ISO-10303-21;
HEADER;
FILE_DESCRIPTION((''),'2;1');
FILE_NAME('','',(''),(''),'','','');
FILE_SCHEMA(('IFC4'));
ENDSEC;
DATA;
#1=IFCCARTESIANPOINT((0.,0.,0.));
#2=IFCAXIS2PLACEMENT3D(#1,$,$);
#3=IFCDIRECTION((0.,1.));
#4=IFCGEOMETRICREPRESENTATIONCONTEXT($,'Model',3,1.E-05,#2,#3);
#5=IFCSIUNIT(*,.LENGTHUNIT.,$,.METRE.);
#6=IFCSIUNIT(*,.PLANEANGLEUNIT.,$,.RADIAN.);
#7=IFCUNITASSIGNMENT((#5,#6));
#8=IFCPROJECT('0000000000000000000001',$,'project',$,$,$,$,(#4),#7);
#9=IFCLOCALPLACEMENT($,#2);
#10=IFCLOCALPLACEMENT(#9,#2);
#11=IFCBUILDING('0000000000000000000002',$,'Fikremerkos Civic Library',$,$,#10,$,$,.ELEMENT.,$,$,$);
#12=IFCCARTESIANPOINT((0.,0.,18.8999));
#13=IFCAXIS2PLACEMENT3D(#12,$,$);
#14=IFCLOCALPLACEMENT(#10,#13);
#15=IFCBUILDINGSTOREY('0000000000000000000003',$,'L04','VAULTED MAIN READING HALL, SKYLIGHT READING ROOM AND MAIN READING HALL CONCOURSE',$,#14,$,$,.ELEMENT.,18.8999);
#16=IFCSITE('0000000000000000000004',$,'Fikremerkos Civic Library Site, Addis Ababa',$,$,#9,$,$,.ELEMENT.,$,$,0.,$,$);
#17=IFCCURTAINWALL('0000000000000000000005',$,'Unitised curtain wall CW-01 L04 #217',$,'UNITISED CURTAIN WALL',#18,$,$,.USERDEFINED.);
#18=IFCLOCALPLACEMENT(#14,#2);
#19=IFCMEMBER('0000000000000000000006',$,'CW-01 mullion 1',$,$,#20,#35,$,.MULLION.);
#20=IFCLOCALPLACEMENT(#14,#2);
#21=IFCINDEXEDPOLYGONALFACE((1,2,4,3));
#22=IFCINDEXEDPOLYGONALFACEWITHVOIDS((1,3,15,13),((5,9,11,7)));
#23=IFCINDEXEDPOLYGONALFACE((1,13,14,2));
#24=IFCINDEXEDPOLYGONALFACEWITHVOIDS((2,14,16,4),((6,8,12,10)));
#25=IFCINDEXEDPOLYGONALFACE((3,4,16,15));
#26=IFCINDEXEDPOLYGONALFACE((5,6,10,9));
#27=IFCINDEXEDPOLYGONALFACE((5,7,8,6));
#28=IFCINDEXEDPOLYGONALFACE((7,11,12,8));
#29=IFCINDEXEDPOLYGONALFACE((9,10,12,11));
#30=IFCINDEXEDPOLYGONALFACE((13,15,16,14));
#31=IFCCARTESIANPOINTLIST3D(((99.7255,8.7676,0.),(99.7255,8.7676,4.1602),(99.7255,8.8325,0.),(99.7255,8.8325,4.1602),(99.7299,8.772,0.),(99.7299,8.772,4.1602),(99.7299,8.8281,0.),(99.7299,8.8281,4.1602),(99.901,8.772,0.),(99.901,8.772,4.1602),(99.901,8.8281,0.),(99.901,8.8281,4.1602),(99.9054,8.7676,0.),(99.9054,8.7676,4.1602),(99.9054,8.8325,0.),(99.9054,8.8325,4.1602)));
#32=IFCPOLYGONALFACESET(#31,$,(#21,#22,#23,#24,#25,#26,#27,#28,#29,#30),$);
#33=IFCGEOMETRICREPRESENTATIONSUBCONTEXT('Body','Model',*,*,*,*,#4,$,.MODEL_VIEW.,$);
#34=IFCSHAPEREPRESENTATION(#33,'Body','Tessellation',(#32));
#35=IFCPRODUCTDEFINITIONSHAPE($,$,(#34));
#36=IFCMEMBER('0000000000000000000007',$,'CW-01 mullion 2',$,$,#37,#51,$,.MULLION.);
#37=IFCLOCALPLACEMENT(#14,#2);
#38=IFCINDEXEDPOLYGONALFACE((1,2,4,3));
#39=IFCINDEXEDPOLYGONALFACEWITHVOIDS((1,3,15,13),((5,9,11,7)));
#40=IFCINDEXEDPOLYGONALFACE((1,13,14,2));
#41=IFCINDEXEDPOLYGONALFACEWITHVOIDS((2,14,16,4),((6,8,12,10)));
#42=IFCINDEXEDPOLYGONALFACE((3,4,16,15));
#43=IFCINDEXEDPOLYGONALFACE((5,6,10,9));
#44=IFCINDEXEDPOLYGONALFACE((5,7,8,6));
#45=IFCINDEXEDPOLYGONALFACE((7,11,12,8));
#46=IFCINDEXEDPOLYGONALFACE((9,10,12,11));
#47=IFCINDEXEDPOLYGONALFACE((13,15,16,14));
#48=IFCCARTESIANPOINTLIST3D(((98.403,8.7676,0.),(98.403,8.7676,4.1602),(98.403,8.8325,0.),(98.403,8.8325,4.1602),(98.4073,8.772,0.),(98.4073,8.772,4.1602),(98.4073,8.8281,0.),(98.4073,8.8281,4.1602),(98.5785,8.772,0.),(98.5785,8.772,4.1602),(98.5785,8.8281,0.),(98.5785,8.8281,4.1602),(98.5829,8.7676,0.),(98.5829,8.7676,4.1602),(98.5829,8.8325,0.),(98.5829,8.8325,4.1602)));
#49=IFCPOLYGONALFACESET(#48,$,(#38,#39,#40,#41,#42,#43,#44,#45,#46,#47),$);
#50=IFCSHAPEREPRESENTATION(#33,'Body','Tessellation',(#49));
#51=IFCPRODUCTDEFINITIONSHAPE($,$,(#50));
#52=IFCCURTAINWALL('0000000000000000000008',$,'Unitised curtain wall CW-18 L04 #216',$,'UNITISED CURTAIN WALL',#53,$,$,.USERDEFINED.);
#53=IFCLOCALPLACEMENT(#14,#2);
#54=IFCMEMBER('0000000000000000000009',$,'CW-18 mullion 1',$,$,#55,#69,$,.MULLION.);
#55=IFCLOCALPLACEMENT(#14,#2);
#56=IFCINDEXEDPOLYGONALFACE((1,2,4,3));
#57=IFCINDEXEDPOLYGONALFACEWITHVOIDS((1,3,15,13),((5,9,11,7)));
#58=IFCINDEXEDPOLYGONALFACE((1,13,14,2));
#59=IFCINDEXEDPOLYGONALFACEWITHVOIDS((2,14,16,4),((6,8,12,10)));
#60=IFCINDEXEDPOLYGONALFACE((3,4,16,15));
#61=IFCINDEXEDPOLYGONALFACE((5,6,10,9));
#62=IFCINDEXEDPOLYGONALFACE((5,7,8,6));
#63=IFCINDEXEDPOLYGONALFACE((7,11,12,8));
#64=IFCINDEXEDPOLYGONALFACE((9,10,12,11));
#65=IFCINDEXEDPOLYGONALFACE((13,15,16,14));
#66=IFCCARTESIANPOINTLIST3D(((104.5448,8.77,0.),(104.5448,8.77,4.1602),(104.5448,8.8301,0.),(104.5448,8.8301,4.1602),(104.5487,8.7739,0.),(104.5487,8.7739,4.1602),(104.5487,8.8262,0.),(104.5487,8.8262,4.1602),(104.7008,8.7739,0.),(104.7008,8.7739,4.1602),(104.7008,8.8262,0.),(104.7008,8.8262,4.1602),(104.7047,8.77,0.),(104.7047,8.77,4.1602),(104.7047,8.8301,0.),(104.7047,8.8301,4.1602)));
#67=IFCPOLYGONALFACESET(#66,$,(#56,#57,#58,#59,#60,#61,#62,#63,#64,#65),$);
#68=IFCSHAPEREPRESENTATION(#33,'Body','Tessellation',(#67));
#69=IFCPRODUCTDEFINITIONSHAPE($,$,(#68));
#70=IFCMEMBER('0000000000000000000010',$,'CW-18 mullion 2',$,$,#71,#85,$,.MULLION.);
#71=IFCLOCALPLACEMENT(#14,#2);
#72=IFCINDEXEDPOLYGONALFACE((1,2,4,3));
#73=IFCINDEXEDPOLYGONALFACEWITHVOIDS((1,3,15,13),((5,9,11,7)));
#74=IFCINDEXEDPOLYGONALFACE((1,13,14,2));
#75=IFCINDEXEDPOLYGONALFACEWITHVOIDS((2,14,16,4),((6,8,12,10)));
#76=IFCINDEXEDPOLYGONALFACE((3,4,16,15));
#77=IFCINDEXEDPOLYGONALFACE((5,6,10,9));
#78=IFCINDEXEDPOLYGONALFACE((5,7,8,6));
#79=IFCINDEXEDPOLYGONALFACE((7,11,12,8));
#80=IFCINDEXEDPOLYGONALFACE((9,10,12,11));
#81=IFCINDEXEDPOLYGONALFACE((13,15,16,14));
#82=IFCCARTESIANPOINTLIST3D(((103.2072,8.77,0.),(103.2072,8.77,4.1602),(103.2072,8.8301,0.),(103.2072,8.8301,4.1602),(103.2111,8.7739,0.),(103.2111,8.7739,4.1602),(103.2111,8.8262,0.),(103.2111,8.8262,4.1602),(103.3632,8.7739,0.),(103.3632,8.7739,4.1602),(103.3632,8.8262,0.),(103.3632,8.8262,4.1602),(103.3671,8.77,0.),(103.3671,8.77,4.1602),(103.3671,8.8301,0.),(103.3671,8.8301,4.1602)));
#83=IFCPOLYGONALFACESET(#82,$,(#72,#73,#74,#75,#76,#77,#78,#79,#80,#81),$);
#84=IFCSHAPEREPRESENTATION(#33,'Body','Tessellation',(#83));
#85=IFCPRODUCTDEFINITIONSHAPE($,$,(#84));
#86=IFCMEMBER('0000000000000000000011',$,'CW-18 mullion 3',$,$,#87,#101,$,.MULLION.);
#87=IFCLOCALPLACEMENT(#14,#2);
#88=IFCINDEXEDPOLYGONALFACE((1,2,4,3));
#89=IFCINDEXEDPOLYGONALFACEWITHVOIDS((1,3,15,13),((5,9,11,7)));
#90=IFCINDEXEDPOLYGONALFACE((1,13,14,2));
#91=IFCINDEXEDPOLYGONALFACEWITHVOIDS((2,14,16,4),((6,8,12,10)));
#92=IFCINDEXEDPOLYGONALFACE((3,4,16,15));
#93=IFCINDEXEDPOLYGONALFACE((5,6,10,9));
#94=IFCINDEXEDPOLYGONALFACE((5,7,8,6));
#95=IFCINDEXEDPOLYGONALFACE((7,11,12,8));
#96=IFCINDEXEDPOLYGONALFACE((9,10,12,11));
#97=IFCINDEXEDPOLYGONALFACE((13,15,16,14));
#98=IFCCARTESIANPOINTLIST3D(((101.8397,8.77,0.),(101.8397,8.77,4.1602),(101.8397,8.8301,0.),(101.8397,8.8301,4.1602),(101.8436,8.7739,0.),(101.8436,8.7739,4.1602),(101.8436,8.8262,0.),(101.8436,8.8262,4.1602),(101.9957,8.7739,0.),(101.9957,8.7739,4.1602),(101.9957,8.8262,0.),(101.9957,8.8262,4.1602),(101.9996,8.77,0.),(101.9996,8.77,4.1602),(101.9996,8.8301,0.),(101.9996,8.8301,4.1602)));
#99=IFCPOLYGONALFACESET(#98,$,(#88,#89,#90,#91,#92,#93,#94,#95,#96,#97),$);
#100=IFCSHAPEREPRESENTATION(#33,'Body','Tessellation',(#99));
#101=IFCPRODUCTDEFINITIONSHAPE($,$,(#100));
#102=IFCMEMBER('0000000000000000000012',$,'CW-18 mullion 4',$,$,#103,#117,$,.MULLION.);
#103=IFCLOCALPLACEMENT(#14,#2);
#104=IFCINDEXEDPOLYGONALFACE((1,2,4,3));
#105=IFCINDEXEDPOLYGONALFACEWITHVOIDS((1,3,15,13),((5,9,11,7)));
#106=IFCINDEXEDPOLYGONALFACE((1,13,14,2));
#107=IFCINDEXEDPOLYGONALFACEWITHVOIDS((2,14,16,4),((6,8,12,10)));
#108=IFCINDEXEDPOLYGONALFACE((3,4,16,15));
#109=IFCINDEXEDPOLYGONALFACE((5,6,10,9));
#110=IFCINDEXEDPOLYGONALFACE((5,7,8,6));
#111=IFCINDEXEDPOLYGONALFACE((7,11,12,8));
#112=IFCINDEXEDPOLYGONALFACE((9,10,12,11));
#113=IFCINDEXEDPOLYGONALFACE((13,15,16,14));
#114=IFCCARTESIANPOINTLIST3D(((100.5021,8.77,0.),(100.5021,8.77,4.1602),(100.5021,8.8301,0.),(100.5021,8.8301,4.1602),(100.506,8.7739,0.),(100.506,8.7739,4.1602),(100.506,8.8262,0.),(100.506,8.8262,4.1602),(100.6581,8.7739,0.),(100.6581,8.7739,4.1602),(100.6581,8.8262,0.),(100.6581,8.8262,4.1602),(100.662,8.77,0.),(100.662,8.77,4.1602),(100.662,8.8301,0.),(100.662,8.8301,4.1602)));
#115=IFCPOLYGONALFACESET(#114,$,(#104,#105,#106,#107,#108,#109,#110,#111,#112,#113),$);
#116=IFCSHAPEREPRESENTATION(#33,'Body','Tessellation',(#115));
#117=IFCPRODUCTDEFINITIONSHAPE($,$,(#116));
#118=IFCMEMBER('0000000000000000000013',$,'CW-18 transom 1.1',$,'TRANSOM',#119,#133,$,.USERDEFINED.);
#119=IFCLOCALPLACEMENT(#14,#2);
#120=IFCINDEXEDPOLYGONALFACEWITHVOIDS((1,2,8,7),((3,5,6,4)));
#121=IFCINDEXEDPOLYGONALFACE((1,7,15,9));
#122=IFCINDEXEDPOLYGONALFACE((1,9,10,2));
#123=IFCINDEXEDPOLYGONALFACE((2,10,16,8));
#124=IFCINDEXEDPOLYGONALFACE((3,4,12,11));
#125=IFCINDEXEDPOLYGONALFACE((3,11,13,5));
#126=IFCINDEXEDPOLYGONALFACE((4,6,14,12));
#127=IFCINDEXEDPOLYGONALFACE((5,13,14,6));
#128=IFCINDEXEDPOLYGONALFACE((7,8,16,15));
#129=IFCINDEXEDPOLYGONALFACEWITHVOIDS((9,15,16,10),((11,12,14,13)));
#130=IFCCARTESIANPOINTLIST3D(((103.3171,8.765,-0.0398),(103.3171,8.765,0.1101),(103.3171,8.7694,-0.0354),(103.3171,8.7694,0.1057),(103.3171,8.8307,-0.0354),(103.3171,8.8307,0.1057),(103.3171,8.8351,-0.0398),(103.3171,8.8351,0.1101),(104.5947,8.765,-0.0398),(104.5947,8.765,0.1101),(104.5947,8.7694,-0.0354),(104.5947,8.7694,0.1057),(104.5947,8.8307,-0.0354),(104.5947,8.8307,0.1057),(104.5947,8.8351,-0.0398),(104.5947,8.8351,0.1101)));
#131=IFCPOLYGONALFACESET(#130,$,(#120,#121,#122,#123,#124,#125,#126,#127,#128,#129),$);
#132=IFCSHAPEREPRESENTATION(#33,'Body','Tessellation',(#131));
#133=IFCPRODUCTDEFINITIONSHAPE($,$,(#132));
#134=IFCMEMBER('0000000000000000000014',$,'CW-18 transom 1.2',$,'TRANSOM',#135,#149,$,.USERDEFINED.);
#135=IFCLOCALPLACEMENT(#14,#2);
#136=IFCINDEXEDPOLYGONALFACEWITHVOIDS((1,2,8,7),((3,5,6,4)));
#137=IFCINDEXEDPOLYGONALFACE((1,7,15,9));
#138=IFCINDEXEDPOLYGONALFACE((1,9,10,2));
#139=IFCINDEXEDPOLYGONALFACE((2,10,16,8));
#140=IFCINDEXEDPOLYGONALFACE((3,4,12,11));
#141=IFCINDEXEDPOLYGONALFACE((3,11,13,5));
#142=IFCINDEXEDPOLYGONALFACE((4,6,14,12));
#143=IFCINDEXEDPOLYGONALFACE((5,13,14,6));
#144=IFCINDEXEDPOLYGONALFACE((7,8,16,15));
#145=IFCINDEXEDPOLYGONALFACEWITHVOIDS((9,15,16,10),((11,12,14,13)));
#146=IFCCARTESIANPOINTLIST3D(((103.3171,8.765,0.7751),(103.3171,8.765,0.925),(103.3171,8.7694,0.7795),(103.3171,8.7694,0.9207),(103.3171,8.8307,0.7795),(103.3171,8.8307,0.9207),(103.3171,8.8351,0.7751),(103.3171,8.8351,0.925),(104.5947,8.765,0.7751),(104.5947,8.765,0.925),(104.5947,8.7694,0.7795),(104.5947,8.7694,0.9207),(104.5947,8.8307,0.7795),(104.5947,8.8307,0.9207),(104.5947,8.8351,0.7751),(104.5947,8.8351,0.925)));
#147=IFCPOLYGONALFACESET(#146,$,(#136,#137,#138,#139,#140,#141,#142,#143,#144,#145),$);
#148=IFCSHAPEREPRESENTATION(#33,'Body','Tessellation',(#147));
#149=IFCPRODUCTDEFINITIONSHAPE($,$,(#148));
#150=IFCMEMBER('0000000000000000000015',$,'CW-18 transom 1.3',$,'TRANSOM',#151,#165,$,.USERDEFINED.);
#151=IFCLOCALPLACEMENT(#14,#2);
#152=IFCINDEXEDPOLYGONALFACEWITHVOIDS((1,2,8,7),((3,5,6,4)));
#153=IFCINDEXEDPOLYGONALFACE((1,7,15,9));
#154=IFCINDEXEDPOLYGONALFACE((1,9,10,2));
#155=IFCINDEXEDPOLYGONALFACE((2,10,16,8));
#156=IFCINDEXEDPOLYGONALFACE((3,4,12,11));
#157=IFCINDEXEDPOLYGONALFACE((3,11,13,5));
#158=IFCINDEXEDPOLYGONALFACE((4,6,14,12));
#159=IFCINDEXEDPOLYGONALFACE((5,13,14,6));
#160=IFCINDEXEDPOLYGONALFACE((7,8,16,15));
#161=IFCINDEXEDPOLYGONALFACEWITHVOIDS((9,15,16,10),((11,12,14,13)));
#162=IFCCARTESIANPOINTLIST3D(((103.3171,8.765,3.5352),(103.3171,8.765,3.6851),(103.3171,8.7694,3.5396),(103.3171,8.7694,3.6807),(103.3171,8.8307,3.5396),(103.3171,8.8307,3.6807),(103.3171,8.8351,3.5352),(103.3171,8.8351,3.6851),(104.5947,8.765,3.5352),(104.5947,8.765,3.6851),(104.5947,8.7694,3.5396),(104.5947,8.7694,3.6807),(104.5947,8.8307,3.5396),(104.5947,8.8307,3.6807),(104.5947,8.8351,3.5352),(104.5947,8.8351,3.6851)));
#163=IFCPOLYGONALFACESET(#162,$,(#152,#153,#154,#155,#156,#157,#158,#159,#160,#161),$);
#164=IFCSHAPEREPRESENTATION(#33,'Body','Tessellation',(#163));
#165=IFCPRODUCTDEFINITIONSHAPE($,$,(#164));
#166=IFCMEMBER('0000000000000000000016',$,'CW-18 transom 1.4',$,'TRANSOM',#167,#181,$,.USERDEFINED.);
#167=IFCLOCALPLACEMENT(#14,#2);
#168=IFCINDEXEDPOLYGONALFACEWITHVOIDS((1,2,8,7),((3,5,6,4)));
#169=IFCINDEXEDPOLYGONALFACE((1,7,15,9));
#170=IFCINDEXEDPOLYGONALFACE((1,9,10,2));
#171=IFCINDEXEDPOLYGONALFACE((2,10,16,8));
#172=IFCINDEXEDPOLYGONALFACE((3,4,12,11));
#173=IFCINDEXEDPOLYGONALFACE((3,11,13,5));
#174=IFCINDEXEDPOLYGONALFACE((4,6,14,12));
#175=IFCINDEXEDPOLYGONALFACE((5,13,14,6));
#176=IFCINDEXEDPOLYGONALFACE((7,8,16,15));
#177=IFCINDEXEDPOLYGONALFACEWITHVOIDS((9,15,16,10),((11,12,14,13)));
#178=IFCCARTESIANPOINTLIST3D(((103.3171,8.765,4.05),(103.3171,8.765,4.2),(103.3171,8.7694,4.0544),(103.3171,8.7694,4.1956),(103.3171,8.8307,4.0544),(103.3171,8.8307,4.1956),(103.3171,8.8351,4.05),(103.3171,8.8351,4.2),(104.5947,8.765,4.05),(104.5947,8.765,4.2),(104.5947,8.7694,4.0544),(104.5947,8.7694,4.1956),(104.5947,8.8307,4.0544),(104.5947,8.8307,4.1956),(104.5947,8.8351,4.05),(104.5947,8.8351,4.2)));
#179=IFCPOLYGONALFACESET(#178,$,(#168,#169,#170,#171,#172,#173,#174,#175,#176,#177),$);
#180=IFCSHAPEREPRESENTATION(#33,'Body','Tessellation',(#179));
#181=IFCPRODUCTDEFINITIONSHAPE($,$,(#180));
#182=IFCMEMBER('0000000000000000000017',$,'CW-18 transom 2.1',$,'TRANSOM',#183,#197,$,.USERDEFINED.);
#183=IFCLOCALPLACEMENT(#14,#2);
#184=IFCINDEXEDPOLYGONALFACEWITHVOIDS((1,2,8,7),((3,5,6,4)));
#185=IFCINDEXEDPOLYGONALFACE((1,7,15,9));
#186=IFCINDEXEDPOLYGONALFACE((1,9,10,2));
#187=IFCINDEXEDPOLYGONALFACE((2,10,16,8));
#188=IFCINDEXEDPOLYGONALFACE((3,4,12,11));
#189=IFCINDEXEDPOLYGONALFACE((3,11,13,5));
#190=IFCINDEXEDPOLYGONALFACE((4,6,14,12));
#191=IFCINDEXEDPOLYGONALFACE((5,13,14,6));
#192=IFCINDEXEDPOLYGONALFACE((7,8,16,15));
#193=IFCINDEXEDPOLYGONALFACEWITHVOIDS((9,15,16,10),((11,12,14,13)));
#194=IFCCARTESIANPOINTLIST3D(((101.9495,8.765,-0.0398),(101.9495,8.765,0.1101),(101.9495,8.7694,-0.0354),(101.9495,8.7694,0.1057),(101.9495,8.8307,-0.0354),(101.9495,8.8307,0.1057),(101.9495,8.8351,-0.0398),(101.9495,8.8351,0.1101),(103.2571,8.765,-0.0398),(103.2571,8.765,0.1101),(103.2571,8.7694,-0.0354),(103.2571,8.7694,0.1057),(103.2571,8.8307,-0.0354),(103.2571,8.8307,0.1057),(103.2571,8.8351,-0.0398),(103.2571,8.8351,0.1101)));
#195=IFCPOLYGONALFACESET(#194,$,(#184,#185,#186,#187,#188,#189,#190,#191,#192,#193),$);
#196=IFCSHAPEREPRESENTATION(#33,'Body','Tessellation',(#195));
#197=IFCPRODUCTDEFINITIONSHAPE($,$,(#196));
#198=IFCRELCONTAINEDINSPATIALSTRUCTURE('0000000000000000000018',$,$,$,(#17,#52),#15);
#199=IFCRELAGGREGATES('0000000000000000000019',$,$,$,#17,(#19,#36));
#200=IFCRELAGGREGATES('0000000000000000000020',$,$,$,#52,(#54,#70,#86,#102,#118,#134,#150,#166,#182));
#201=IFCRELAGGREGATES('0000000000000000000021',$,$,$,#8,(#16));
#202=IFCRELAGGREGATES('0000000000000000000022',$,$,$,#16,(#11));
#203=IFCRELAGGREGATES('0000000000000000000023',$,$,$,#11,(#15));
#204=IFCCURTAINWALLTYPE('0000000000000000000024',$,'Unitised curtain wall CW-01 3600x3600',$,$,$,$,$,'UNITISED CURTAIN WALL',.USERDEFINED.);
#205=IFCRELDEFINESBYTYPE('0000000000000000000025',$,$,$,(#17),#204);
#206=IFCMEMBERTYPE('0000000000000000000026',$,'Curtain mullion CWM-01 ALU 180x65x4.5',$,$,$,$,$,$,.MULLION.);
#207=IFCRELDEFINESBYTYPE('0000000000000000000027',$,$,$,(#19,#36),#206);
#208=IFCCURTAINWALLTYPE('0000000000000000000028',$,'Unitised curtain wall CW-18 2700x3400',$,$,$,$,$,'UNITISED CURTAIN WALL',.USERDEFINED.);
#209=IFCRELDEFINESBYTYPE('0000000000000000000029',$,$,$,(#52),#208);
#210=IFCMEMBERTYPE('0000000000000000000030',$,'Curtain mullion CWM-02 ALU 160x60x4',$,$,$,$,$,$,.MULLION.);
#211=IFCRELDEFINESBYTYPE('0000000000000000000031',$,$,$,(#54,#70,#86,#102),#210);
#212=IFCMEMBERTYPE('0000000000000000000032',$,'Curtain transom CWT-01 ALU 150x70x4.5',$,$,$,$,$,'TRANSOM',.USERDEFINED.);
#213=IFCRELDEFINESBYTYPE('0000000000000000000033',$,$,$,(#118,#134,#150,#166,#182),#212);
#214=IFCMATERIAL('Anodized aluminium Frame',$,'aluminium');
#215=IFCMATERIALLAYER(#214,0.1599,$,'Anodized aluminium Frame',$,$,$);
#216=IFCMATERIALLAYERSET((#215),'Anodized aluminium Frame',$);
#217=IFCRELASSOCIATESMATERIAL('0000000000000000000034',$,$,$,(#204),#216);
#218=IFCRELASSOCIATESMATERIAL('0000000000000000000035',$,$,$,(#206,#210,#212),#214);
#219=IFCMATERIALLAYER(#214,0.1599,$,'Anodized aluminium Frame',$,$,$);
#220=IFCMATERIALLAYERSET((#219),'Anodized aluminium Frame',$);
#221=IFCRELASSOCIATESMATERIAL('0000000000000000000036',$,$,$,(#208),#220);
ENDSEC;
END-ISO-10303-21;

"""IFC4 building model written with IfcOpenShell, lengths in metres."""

from ifc_helpers import new_model, si_unit, direction, frame, origin, origin_2d, place, context, subcontext, project, spatial, hollow_rectangle, extrude, material, layer, layer_set, material_profile, profile_set, type_object, element, aggregate, save


model = new_model("IFC4")

# Units and contexts
model_context = context("Model", 3, precision=1e-05, world=origin(), true_north=direction((0.0, 1.0)))
body_context = subcontext(model_context, "Body", "Model", "MODEL_VIEW")
ifc_project = project(units=[si_unit("LENGTHUNIT", "METRE"), si_unit("PLANEANGLEUNIT", "RADIAN")], contexts=[model_context])

# Site, building, storey
site_placement = place(None, origin())
site = spatial("IfcSite", under=ifc_project, at=site_placement, Name="Fikremerkos Civic Library Site, Addis Ababa", CompositionType="ELEMENT", RefElevation=0.0)
building_placement = place(site_placement, origin())
building = spatial("IfcBuilding", under=site, at=building_placement, Name="Fikremerkos Civic Library", CompositionType="ELEMENT")
storey_placement = place(building_placement, frame((0.0, 0.0, 18.8999)))
storey = spatial("IfcBuildingStorey", under=building, at=storey_placement, Name="L04", Description="VAULTED MAIN READING HALL, SKYLIGHT READING ROOM AND MAIN READING HALL CONCOURSE", CompositionType="ELEMENT", Elevation=18.8999)

# Curtain walls, members
ifc_material_1 = material(Name="Anodized aluminium Frame", Category="aluminium")
ifc_layer_1 = layer(ifc_material_1, 0.1599, Name="Anodized aluminium Frame")
ifc_layer_set_1 = layer_set([ifc_layer_1], Name="Anodized aluminium Frame")
curtain_wall_type_1 = type_object("IfcCurtainWallType", Name="Unitised curtain wall CW-01 3600x3600", ElementType="UNITISED CURTAIN WALL", PredefinedType="USERDEFINED", material=ifc_layer_set_1)
curtain_wall_1_placement = place(storey_placement, origin())
curtain_wall_1 = element("IfcCurtainWall", 1, at=curtain_wall_1_placement, inside=storey, type_object=curtain_wall_type_1, Name="Unitised curtain wall CW-01 L04 #217", ObjectType="UNITISED CURTAIN WALL", PredefinedType="USERDEFINED")
ifc_material_profile_1 = material_profile(ifc_material_1, hollow_rectangle(XDim=0.0649, YDim=0.1799, WallThickness=0.0044, at=origin_2d()), Name="ALU 180x65x4.5")
ifc_profile_set_1 = profile_set([ifc_material_profile_1], Name="Anodized aluminium Frame")
member_type_1 = type_object("IfcMemberType", Name="Curtain mullion CWM-01 ALU 180x65x4.5", PredefinedType="MULLION", material=ifc_profile_set_1)
member_1_placement = place(storey_placement, frame((99.8154, 8.8, 0.0), z_axis=(0.0, 0.0, 1.0), x_axis=(0.0, -1.0, 0.0)))
member_1 = element("IfcMember", 2, at=member_1_placement, type_object=member_type_1, Name="CW-01 mullion 1", PredefinedType="MULLION", context=body_context, shape_type="SweptSolid", body=[
    extrude(hollow_rectangle(XDim=0.0649, YDim=0.1799, WallThickness=0.0044, at=origin_2d()), origin(), (0.0, 0.0, 1.0), 4.1602),
])
member_2_placement = place(storey_placement, frame((98.4929, 8.8, 0.0), z_axis=(0.0, 0.0, 1.0), x_axis=(0.0, -1.0, 0.0)))
member_2 = element("IfcMember", 3, at=member_2_placement, type_object=member_type_1, Name="CW-01 mullion 2", PredefinedType="MULLION", context=body_context, shape_type="SweptSolid", body=[
    extrude(hollow_rectangle(XDim=0.0649, YDim=0.1799, WallThickness=0.0044, at=origin_2d()), origin(), (0.0, 0.0, 1.0), 4.1602),
])
ifc_layer_2 = layer(ifc_material_1, 0.1599, Name="Anodized aluminium Frame")
ifc_layer_set_2 = layer_set([ifc_layer_2], Name="Anodized aluminium Frame")
curtain_wall_type_2 = type_object("IfcCurtainWallType", Name="Unitised curtain wall CW-18 2700x3400", ElementType="UNITISED CURTAIN WALL", PredefinedType="USERDEFINED", material=ifc_layer_set_2)
curtain_wall_2_placement = place(storey_placement, origin())
curtain_wall_2 = element("IfcCurtainWall", 4, at=curtain_wall_2_placement, inside=storey, type_object=curtain_wall_type_2, Name="Unitised curtain wall CW-18 L04 #216", ObjectType="UNITISED CURTAIN WALL", PredefinedType="USERDEFINED")
ifc_material_profile_2 = material_profile(ifc_material_1, hollow_rectangle(XDim=0.0601, YDim=0.1599, WallThickness=0.0039, at=origin_2d()), Name="ALU 160x60x4")
ifc_profile_set_2 = profile_set([ifc_material_profile_2], Name="Anodized aluminium Frame")
member_type_2 = type_object("IfcMemberType", Name="Curtain mullion CWM-02 ALU 160x60x4", PredefinedType="MULLION", material=ifc_profile_set_2)
member_3_placement = place(storey_placement, frame((104.6248, 8.8, 0.0), z_axis=(0.0, 0.0, 1.0), x_axis=(0.0, -1.0, 0.0)))
member_3 = element("IfcMember", 5, at=member_3_placement, type_object=member_type_2, Name="CW-18 mullion 1", PredefinedType="MULLION", context=body_context, shape_type="SweptSolid", body=[
    extrude(hollow_rectangle(XDim=0.0601, YDim=0.1599, WallThickness=0.0039, at=origin_2d()), origin(), (0.0, 0.0, 1.0), 4.1602),
])
member_4_placement = place(storey_placement, frame((103.2871, 8.8, 0.0), z_axis=(0.0, 0.0, 1.0), x_axis=(0.0, -1.0, 0.0)))
member_4 = element("IfcMember", 6, at=member_4_placement, type_object=member_type_2, Name="CW-18 mullion 2", PredefinedType="MULLION", context=body_context, shape_type="SweptSolid", body=[
    extrude(hollow_rectangle(XDim=0.0601, YDim=0.1599, WallThickness=0.0039, at=origin_2d()), origin(), (0.0, 0.0, 1.0), 4.1602),
])
member_5_placement = place(storey_placement, frame((101.9197, 8.8, 0.0), z_axis=(0.0, 0.0, 1.0), x_axis=(0.0, -1.0, 0.0)))
member_5 = element("IfcMember", 7, at=member_5_placement, type_object=member_type_2, Name="CW-18 mullion 3", PredefinedType="MULLION", context=body_context, shape_type="SweptSolid", body=[
    extrude(hollow_rectangle(XDim=0.0601, YDim=0.1599, WallThickness=0.0039, at=origin_2d()), origin(), (0.0, 0.0, 1.0), 4.1602),
])
member_6_placement = place(storey_placement, frame((100.582, 8.8, 0.0), z_axis=(0.0, 0.0, 1.0), x_axis=(0.0, -1.0, 0.0)))
member_6 = element("IfcMember", 8, at=member_6_placement, type_object=member_type_2, Name="CW-18 mullion 4", PredefinedType="MULLION", context=body_context, shape_type="SweptSolid", body=[
    extrude(hollow_rectangle(XDim=0.0601, YDim=0.1599, WallThickness=0.0039, at=origin_2d()), origin(), (0.0, 0.0, 1.0), 4.1602),
])
ifc_material_profile_3 = material_profile(ifc_material_1, hollow_rectangle(XDim=0.0701, YDim=0.1499, WallThickness=0.0044, at=origin_2d()), Name="ALU 150x70x4.5")
ifc_profile_set_3 = profile_set([ifc_material_profile_3], Name="Anodized aluminium Frame")
member_type_3 = type_object("IfcMemberType", Name="Curtain transom CWT-01 ALU 150x70x4.5", ElementType="TRANSOM", PredefinedType="USERDEFINED", material=ifc_profile_set_3)
member_7_placement = place(storey_placement, frame((104.5947, 8.8, 0.0352), z_axis=(-1.0, 0.0, 0.0), x_axis=(0.0, -1.0, 0.0)))
member_7 = element("IfcMember", 9, at=member_7_placement, type_object=member_type_3, Name="CW-18 transom 1.1", ObjectType="TRANSOM", PredefinedType="USERDEFINED", context=body_context, shape_type="SweptSolid", body=[
    extrude(hollow_rectangle(XDim=0.0701, YDim=0.1499, WallThickness=0.0044, at=origin_2d()), origin(), (0.0, 0.0, 1.0), 1.2776),
])
member_8_placement = place(storey_placement, frame((104.5947, 8.8, 0.8501), z_axis=(-1.0, 0.0, 0.0), x_axis=(0.0, -1.0, 0.0)))
member_8 = element("IfcMember", 10, at=member_8_placement, type_object=member_type_3, Name="CW-18 transom 1.2", ObjectType="TRANSOM", PredefinedType="USERDEFINED", context=body_context, shape_type="SweptSolid", body=[
    extrude(hollow_rectangle(XDim=0.0701, YDim=0.1499, WallThickness=0.0044, at=origin_2d()), origin(), (0.0, 0.0, 1.0), 1.2776),
])
member_9_placement = place(storey_placement, frame((104.5947, 8.8, 3.6101), z_axis=(-1.0, 0.0, 0.0), x_axis=(0.0, -1.0, 0.0)))
member_9 = element("IfcMember", 11, at=member_9_placement, type_object=member_type_3, Name="CW-18 transom 1.3", ObjectType="TRANSOM", PredefinedType="USERDEFINED", context=body_context, shape_type="SweptSolid", body=[
    extrude(hollow_rectangle(XDim=0.0701, YDim=0.1499, WallThickness=0.0044, at=origin_2d()), origin(), (0.0, 0.0, 1.0), 1.2776),
])
member_10_placement = place(storey_placement, frame((104.5947, 8.8, 4.125), z_axis=(-1.0, 0.0, 0.0), x_axis=(0.0, -1.0, 0.0)))
member_10 = element("IfcMember", 12, at=member_10_placement, type_object=member_type_3, Name="CW-18 transom 1.4", ObjectType="TRANSOM", PredefinedType="USERDEFINED", context=body_context, shape_type="SweptSolid", body=[
    extrude(hollow_rectangle(XDim=0.0701, YDim=0.1499, WallThickness=0.0044, at=origin_2d()), origin(), (0.0, 0.0, 1.0), 1.2776),
])
member_11_placement = place(storey_placement, frame((103.2571, 8.8, 0.0352), z_axis=(-1.0, 0.0, 0.0), x_axis=(0.0, -1.0, 0.0)))
member_11 = element("IfcMember", 13, at=member_11_placement, type_object=member_type_3, Name="CW-18 transom 2.1", ObjectType="TRANSOM", PredefinedType="USERDEFINED", context=body_context, shape_type="SweptSolid", body=[
    extrude(hollow_rectangle(XDim=0.0701, YDim=0.1499, WallThickness=0.0044, at=origin_2d()), origin(), (0.0, 0.0, 1.0), 1.3076),
])

aggregate(curtain_wall_1, [member_1, member_2])
aggregate(curtain_wall_2, [member_3, member_4, member_5, member_6, member_7, member_8, member_9, member_10, member_11])

save(model, "model.ifc")
